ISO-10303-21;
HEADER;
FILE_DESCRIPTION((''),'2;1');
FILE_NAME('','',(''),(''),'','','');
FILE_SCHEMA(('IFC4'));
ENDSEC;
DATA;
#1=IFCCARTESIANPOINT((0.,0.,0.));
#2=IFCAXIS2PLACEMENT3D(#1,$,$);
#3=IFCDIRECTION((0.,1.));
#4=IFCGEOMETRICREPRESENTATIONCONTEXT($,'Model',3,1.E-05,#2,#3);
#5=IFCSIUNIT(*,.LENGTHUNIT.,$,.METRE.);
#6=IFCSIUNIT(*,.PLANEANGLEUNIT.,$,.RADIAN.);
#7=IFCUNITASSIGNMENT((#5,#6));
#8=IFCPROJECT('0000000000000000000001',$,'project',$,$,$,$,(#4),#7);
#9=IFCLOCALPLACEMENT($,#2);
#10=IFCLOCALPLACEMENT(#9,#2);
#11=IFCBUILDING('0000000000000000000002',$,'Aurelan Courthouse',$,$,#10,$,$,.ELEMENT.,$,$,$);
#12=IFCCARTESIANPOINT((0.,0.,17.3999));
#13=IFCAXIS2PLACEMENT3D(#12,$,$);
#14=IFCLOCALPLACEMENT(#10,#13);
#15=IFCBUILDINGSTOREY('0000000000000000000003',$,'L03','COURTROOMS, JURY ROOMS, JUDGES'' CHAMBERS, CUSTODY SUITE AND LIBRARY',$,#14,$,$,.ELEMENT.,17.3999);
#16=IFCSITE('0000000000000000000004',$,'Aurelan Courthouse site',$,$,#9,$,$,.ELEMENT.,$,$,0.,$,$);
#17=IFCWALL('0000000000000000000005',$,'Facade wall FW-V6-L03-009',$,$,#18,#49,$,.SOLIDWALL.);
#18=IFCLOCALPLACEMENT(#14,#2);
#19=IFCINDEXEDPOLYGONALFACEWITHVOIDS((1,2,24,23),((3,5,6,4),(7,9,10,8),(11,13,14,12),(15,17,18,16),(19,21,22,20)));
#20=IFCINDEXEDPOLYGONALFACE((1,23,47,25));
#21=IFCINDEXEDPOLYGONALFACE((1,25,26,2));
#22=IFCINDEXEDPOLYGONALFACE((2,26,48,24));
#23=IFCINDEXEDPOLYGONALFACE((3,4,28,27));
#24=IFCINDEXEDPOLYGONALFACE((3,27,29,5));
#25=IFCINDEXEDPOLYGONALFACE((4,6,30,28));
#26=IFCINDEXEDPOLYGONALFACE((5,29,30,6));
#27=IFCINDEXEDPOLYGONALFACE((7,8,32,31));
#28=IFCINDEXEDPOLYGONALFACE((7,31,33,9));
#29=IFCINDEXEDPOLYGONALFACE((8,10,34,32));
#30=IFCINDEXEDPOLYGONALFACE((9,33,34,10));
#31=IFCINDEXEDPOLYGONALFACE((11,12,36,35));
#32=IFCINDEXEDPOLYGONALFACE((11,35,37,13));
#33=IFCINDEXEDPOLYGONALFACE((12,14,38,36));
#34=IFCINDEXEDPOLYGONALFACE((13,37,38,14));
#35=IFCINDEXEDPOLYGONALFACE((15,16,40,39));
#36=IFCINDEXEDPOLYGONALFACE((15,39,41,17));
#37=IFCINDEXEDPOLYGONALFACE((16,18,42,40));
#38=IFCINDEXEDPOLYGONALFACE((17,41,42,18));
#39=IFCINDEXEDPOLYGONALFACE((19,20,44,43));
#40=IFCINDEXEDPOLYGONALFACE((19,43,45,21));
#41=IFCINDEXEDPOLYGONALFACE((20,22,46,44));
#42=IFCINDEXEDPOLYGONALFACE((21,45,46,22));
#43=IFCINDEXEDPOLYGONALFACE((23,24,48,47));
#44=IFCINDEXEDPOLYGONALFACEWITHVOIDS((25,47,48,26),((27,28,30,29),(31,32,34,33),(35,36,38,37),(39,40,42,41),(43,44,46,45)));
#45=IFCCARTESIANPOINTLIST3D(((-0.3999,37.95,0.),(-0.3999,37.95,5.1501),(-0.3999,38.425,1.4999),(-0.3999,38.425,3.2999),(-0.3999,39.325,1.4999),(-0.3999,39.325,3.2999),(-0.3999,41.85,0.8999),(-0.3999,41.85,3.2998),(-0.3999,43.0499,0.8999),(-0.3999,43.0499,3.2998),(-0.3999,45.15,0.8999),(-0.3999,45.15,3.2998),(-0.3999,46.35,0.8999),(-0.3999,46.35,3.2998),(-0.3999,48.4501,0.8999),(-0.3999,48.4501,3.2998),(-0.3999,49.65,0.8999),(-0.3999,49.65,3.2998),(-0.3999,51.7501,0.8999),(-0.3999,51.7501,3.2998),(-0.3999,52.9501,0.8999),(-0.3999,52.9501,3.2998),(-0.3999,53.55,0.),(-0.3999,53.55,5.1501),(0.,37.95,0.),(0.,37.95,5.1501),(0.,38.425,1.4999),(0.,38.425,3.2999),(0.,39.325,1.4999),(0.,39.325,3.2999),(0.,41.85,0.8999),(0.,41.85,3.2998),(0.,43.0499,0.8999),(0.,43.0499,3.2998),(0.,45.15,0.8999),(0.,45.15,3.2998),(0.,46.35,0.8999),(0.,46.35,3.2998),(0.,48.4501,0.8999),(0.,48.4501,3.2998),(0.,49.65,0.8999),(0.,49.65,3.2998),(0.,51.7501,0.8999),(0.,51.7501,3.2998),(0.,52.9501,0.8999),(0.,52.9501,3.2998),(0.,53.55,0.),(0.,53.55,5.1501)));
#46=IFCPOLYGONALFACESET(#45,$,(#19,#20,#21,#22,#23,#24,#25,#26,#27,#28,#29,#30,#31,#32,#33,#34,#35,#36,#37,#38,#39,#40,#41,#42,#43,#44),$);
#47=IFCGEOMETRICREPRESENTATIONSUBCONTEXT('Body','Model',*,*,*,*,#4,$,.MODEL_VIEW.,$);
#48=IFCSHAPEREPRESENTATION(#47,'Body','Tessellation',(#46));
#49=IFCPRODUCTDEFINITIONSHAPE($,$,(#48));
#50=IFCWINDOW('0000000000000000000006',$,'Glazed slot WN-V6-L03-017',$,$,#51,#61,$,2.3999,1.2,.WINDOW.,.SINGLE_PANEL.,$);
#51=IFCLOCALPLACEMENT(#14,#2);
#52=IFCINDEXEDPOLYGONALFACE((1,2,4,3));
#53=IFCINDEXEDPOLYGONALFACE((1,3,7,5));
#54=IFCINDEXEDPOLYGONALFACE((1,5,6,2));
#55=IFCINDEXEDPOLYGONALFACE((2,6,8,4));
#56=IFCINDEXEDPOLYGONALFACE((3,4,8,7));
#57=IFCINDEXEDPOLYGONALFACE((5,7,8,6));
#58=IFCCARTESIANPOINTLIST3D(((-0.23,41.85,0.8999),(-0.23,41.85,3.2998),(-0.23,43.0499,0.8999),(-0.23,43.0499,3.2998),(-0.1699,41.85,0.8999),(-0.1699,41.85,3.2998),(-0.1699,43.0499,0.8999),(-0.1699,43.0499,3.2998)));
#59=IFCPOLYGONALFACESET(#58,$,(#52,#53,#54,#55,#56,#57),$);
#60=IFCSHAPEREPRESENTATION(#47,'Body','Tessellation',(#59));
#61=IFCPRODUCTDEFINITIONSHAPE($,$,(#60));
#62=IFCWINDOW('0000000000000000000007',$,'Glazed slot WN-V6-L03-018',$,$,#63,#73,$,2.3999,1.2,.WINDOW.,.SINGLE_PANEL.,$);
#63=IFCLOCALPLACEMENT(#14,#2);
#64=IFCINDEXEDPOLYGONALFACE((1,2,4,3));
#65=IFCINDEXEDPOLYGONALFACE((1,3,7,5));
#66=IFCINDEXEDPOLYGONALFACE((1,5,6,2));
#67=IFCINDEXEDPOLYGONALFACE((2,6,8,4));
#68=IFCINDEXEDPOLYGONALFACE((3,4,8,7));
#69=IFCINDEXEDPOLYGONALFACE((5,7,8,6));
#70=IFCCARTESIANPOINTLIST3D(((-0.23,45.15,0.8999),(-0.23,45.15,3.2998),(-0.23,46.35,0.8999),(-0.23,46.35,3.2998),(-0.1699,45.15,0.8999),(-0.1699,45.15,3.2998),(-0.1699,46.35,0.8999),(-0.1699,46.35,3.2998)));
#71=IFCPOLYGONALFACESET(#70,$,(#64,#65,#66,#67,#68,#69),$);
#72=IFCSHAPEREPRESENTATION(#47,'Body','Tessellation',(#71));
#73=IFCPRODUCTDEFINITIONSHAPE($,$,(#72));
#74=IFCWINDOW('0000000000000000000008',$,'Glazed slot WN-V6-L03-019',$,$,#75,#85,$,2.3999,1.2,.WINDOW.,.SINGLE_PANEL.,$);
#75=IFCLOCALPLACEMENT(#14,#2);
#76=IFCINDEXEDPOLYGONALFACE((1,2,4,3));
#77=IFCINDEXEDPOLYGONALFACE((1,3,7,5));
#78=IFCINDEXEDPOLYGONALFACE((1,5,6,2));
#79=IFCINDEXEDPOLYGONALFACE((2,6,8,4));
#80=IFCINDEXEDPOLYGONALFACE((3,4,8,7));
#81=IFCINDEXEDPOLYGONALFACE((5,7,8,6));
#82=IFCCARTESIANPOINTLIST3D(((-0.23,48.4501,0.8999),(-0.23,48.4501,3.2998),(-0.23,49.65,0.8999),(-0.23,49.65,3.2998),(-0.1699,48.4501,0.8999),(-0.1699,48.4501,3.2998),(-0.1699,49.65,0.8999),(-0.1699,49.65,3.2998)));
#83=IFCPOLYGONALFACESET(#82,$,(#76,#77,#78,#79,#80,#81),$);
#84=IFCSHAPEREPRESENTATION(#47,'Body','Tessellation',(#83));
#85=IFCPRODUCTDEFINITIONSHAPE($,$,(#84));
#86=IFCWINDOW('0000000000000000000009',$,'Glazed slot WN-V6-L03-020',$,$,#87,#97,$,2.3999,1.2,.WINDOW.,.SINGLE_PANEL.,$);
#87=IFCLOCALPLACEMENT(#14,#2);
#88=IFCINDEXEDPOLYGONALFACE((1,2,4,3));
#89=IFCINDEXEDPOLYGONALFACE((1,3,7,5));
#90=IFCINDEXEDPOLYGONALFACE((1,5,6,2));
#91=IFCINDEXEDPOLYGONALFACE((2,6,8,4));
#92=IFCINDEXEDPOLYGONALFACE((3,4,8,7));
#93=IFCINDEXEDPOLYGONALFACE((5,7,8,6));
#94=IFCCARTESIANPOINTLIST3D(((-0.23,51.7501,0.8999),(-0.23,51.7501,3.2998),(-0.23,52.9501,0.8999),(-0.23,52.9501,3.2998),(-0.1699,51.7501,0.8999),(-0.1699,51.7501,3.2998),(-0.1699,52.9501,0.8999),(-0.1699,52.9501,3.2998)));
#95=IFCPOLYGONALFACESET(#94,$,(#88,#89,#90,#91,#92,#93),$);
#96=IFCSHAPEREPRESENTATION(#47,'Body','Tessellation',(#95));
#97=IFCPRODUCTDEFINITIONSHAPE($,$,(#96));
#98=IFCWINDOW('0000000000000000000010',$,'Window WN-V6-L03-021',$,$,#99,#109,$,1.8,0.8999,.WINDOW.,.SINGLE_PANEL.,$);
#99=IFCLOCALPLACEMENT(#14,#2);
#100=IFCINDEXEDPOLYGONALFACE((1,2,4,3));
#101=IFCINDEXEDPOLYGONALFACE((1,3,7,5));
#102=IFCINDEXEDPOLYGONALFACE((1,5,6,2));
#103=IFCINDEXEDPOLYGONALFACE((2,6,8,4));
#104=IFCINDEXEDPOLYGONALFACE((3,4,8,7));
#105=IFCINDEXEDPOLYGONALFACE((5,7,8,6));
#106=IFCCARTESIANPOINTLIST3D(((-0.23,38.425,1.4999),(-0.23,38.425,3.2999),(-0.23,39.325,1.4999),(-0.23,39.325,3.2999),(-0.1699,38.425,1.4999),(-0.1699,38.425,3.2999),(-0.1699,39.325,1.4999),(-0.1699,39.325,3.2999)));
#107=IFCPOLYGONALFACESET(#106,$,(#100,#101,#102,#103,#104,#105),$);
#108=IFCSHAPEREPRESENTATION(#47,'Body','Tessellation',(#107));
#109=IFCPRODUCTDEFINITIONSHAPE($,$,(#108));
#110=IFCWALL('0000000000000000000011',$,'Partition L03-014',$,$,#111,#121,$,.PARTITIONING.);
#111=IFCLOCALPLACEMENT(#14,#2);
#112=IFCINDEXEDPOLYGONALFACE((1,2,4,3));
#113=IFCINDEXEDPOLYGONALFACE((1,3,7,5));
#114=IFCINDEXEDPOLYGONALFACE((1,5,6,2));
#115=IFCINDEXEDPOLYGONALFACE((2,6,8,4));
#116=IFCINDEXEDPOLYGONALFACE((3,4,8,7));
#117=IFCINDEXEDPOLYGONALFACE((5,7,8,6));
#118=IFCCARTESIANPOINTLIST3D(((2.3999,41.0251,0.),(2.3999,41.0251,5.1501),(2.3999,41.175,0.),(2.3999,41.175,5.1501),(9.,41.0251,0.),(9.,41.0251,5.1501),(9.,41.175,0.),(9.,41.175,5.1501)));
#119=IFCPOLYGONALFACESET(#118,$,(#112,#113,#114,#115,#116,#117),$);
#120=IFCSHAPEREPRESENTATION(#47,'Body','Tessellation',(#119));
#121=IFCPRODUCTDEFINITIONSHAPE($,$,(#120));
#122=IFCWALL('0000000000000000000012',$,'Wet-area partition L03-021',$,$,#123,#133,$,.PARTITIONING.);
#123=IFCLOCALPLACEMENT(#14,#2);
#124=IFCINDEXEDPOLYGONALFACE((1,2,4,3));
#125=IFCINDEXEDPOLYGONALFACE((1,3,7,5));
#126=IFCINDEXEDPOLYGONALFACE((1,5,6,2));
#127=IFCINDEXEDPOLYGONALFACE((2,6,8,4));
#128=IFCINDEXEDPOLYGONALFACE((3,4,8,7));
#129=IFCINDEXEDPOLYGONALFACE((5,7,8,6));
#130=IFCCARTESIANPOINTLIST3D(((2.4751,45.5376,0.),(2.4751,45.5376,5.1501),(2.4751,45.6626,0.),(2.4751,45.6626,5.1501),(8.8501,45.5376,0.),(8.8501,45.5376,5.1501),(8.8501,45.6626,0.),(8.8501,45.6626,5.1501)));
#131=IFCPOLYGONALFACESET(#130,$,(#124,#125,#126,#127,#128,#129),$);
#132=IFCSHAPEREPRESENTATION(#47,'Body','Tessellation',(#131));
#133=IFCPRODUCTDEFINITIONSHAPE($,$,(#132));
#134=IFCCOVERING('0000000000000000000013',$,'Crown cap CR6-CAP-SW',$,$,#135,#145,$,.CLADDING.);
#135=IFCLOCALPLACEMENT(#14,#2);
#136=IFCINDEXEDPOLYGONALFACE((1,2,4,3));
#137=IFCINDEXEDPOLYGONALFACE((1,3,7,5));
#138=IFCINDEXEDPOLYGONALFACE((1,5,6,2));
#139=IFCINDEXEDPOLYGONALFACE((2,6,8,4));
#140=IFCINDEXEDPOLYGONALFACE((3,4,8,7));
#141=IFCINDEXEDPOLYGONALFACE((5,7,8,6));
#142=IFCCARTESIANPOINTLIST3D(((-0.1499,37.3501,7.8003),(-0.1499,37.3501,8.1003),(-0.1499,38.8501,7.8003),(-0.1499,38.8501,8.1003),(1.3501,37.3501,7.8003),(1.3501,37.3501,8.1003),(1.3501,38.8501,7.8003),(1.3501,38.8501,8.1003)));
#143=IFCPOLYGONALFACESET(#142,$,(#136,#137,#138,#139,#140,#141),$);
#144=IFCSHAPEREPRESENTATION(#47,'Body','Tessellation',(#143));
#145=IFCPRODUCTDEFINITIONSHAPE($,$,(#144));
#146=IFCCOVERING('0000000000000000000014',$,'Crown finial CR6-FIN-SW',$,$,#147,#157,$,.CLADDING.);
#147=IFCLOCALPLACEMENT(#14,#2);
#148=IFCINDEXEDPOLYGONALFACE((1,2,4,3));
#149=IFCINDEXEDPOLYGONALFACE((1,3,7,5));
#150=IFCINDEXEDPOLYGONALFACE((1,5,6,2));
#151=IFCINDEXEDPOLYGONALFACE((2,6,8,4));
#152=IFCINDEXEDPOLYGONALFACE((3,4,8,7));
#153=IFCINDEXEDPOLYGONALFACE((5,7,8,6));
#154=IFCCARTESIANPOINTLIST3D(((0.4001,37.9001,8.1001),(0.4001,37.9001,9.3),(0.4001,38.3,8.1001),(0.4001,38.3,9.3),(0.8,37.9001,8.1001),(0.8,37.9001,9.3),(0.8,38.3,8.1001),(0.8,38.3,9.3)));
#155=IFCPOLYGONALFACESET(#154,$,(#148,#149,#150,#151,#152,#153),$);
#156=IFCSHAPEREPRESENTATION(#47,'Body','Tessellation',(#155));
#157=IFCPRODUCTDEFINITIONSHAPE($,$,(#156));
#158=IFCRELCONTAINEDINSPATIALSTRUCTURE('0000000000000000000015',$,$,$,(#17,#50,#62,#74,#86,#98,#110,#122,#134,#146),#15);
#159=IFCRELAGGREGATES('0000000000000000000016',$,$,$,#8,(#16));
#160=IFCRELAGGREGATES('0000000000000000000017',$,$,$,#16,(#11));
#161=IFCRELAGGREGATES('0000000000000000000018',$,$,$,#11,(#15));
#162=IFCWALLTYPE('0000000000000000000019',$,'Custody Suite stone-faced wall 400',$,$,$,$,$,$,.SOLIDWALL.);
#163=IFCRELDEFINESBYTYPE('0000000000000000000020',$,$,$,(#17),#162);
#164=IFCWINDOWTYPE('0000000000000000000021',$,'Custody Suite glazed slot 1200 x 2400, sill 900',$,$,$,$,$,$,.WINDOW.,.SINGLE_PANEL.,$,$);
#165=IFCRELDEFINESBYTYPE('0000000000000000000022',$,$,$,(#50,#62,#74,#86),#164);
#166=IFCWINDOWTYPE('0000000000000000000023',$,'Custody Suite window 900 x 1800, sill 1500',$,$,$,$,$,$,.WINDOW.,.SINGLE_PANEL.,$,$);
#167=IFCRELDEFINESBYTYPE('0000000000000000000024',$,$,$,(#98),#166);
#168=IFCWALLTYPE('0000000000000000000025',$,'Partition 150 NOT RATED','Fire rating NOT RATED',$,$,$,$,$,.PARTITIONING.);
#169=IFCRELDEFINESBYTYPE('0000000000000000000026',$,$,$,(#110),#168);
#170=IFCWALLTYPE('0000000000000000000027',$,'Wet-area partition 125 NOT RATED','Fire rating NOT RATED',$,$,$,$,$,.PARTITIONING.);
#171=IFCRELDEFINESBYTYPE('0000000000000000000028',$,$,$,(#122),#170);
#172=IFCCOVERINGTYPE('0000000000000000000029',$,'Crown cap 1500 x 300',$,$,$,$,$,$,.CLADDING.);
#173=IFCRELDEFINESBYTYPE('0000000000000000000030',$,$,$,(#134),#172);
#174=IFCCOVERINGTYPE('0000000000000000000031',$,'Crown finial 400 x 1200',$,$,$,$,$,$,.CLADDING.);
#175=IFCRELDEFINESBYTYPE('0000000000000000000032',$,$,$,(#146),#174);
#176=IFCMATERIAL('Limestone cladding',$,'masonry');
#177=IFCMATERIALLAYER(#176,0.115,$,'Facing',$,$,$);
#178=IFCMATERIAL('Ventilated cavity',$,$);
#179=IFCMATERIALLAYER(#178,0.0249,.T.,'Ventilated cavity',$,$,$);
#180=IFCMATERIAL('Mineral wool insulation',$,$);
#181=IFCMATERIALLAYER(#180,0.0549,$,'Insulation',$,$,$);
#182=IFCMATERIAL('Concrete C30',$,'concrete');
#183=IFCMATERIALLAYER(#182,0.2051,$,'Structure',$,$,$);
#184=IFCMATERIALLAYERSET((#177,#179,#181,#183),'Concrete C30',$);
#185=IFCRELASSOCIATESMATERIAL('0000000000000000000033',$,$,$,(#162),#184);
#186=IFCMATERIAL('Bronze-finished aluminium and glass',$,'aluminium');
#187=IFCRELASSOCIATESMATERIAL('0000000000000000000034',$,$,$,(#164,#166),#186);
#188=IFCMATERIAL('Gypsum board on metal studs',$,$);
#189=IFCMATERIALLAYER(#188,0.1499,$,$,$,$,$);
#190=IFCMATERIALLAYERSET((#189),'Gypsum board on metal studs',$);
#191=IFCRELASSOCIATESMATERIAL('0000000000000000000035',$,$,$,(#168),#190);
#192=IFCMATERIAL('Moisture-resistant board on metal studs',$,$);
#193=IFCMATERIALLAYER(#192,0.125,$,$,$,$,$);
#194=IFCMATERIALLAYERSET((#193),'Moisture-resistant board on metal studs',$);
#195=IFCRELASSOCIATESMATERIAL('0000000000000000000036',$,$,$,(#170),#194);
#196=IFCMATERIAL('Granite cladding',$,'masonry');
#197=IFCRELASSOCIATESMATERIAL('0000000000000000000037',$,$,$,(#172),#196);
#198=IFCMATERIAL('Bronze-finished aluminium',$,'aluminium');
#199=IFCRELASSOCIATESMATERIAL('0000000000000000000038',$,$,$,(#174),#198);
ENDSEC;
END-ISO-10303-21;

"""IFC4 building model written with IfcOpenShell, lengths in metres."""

from ifc_helpers import new_model, si_unit, direction, frame, frame_2d, origin, origin_2d, place, context, subcontext, project, spatial, rectangle, extrude, material, layer, layer_set, type_object, element, fill, save


model = new_model("IFC4")

# Units and contexts
model_context = context("Model", 3, precision=1e-05, world=origin(), true_north=direction((0.0, 1.0)))
body_context = subcontext(model_context, "Body", "Model", "MODEL_VIEW")
ifc_project = project(units=[si_unit("LENGTHUNIT", "METRE"), si_unit("PLANEANGLEUNIT", "RADIAN")], contexts=[model_context])

# Site, building, storey
site_placement = place(None, origin())
site = spatial("IfcSite", under=ifc_project, at=site_placement, Name="Aurelan Courthouse site", CompositionType="ELEMENT", RefElevation=0.0)
building_placement = place(site_placement, origin())
building = spatial("IfcBuilding", under=site, at=building_placement, Name="Aurelan Courthouse", CompositionType="ELEMENT")
storey_placement = place(building_placement, frame((0.0, 0.0, 17.3999)))
storey = spatial("IfcBuildingStorey", under=building, at=storey_placement, Name="L03", Description="COURTROOMS, JURY ROOMS, JUDGES' CHAMBERS, CUSTODY SUITE AND LIBRARY", CompositionType="ELEMENT", Elevation=17.3999)

# Shared definitions
ifc_material_1 = material(Name="Limestone cladding", Category="masonry")

# Shared definitions
ifc_material_2 = material(Name="Gypsum board on metal studs")

# Wall, openings, windows
ifc_layer_1 = layer(ifc_material_1, 0.115, Name="Facing")
ifc_material_3 = material(Name="Ventilated cavity")
ifc_layer_2 = layer(ifc_material_3, 0.0249, ventilated=True, Name="Ventilated cavity")
ifc_material_4 = material(Name="Mineral wool insulation")
ifc_layer_3 = layer(ifc_material_4, 0.0549, Name="Insulation")
ifc_material_5 = material(Name="Concrete C30", Category="concrete")
ifc_layer_4 = layer(ifc_material_5, 0.2051, Name="Structure")
ifc_layer_set_1 = layer_set([ifc_layer_1, ifc_layer_2, ifc_layer_3, ifc_layer_4], Name="Concrete C30")
wall_type_1 = type_object("IfcWallType", Name="Custody Suite stone-faced wall 400", PredefinedType="SOLIDWALL", material=ifc_layer_set_1)
wall_1_placement = place(storey_placement, frame((-0.2, 37.95, 0.0), z_axis=(0.0, 0.0, 1.0), x_axis=(0.0, 1.0, 0.0)))
wall_1 = element("IfcWall", 1, at=wall_1_placement, inside=storey, type_object=wall_type_1, Name="Facade wall FW-V6-L03-009", PredefinedType="SOLIDWALL", context=body_context, shape_type="SweptSolid", body=[
    extrude(rectangle(XDim=15.6001, YDim=0.3999, at=frame_2d((7.8, 0.0))), origin(), (0.0, 0.0, 1.0), 5.1501),
])
opening_1_placement = place(wall_1_placement, frame((3.8999, 0.0, 0.8999)))
opening_1 = element("IfcOpeningElement", 2, at=opening_1_placement, cuts=wall_1, PredefinedType="OPENING", context=body_context, shape_type="SweptSolid", body=[
    extrude(rectangle(XDim=1.2, YDim=2.3999, at=frame_2d((0.6001, 1.2))), frame((0.0, 0.21, 0.0), z_axis=(0.0, -1.0, 0.0), x_axis=(1.0, 0.0, 0.0)), (0.0, 0.0, 1.0), 0.4199),
])
opening_2_placement = place(wall_1_placement, frame((7.2, 0.0, 0.8999)))
opening_2 = element("IfcOpeningElement", 3, at=opening_2_placement, cuts=wall_1, PredefinedType="OPENING", context=body_context, shape_type="SweptSolid", body=[
    extrude(rectangle(XDim=1.2, YDim=2.3999, at=frame_2d((0.6001, 1.2))), frame((0.0, 0.21, 0.0), z_axis=(0.0, -1.0, 0.0), x_axis=(1.0, 0.0, 0.0)), (0.0, 0.0, 1.0), 0.4199),
])
opening_3_placement = place(wall_1_placement, frame((10.5, 0.0, 0.8999)))
opening_3 = element("IfcOpeningElement", 4, at=opening_3_placement, cuts=wall_1, PredefinedType="OPENING", context=body_context, shape_type="SweptSolid", body=[
    extrude(rectangle(XDim=1.2, YDim=2.3999, at=frame_2d((0.6001, 1.2))), frame((0.0, 0.21, 0.0), z_axis=(0.0, -1.0, 0.0), x_axis=(1.0, 0.0, 0.0)), (0.0, 0.0, 1.0), 0.4199),
])
opening_4_placement = place(wall_1_placement, frame((13.8, 0.0, 0.8999)))
opening_4 = element("IfcOpeningElement", 5, at=opening_4_placement, cuts=wall_1, PredefinedType="OPENING", context=body_context, shape_type="SweptSolid", body=[
    extrude(rectangle(XDim=1.2, YDim=2.3999, at=frame_2d((0.6001, 1.2))), frame((0.0, 0.21, 0.0), z_axis=(0.0, -1.0, 0.0), x_axis=(1.0, 0.0, 0.0)), (0.0, 0.0, 1.0), 0.4199),
])
opening_5_placement = place(wall_1_placement, frame((0.4751, 0.0, 1.5)))
opening_5 = element("IfcOpeningElement", 6, at=opening_5_placement, cuts=wall_1, PredefinedType="OPENING", context=body_context, shape_type="SweptSolid", body=[
    extrude(rectangle(XDim=0.8999, YDim=1.8, at=frame_2d((0.45, 0.8999))), frame((0.0, 0.21, 0.0), z_axis=(0.0, -1.0, 0.0), x_axis=(1.0, 0.0, 0.0)), (0.0, 0.0, 1.0), 0.4199),
])
ifc_material_6 = material(Name="Bronze-finished aluminium and glass", Category="aluminium")
window_type_1 = type_object("IfcWindowType", Name="Custody Suite glazed slot 1200 x 2400, sill 900", PartitioningType="SINGLE_PANEL", PredefinedType="WINDOW", material=ifc_material_6)
window_1_placement = place(opening_1_placement, origin())
window_1 = element("IfcWindow", 7, at=window_1_placement, inside=storey, type_object=window_type_1, Name="Glazed slot WN-V6-L03-017", OverallHeight=2.3999, OverallWidth=1.2, PartitioningType="SINGLE_PANEL", PredefinedType="WINDOW", context=body_context, shape_type="SweptSolid", body=[
    extrude(rectangle(XDim=1.2, YDim=2.3999, at=frame_2d((0.6001, 1.2))), frame((0.0, 0.03, 0.0), z_axis=(0.0, -1.0, 0.0), x_axis=(1.0, 0.0, 0.0)), (0.0, 0.0, 1.0), 0.0601),
])
fill(opening_1, window_1)
window_2_placement = place(opening_2_placement, origin())
window_2 = element("IfcWindow", 8, at=window_2_placement, inside=storey, type_object=window_type_1, Name="Glazed slot WN-V6-L03-018", OverallHeight=2.3999, OverallWidth=1.2, PartitioningType="SINGLE_PANEL", PredefinedType="WINDOW", context=body_context, shape_type="SweptSolid", body=[
    extrude(rectangle(XDim=1.2, YDim=2.3999, at=frame_2d((0.6001, 1.2))), frame((0.0, 0.03, 0.0), z_axis=(0.0, -1.0, 0.0), x_axis=(1.0, 0.0, 0.0)), (0.0, 0.0, 1.0), 0.0601),
])
fill(opening_2, window_2)
window_3_placement = place(opening_3_placement, origin())
window_3 = element("IfcWindow", 9, at=window_3_placement, inside=storey, type_object=window_type_1, Name="Glazed slot WN-V6-L03-019", OverallHeight=2.3999, OverallWidth=1.2, PartitioningType="SINGLE_PANEL", PredefinedType="WINDOW", context=body_context, shape_type="SweptSolid", body=[
    extrude(rectangle(XDim=1.2, YDim=2.3999, at=frame_2d((0.6001, 1.2))), frame((0.0, 0.03, 0.0), z_axis=(0.0, -1.0, 0.0), x_axis=(1.0, 0.0, 0.0)), (0.0, 0.0, 1.0), 0.0601),
])
fill(opening_3, window_3)
window_4_placement = place(opening_4_placement, origin())
window_4 = element("IfcWindow", 10, at=window_4_placement, inside=storey, type_object=window_type_1, Name="Glazed slot WN-V6-L03-020", OverallHeight=2.3999, OverallWidth=1.2, PartitioningType="SINGLE_PANEL", PredefinedType="WINDOW", context=body_context, shape_type="SweptSolid", body=[
    extrude(rectangle(XDim=1.2, YDim=2.3999, at=frame_2d((0.6001, 1.2))), frame((0.0, 0.03, 0.0), z_axis=(0.0, -1.0, 0.0), x_axis=(1.0, 0.0, 0.0)), (0.0, 0.0, 1.0), 0.0601),
])
fill(opening_4, window_4)
window_type_2 = type_object("IfcWindowType", Name="Custody Suite window 900 x 1800, sill 1500", PartitioningType="SINGLE_PANEL", PredefinedType="WINDOW", material=ifc_material_6)
window_5_placement = place(opening_5_placement, origin())
window_5 = element("IfcWindow", 11, at=window_5_placement, inside=storey, type_object=window_type_2, Name="Window WN-V6-L03-021", OverallHeight=1.8, OverallWidth=0.8999, PartitioningType="SINGLE_PANEL", PredefinedType="WINDOW", context=body_context, shape_type="SweptSolid", body=[
    extrude(rectangle(XDim=0.8999, YDim=1.8, at=frame_2d((0.45, 0.8999))), frame((0.0, 0.03, 0.0), z_axis=(0.0, -1.0, 0.0), x_axis=(1.0, 0.0, 0.0)), (0.0, 0.0, 1.0), 0.0601),
])
fill(opening_5, window_5)

# Walls
ifc_layer_5 = layer(ifc_material_2, 0.1499)
ifc_layer_set_2 = layer_set([ifc_layer_5], Name="Gypsum board on metal studs")
wall_type_2 = type_object("IfcWallType", Name="Partition 150 NOT RATED", Description="Fire rating NOT RATED", PredefinedType="PARTITIONING", material=ifc_layer_set_2)
wall_2_placement = place(storey_placement, frame((2.3999, 41.1001, 0.0), z_axis=(0.0, 0.0, 1.0), x_axis=(1.0, 0.0, 0.0)))
element("IfcWall", 12, at=wall_2_placement, inside=storey, type_object=wall_type_2, Name="Partition L03-014", PredefinedType="PARTITIONING", context=body_context, shape_type="SweptSolid", body=[
    extrude(rectangle(XDim=6.6001, YDim=0.1499, at=frame_2d((3.3, 0.0))), origin(), (0.0, 0.0, 1.0), 5.1501),
])
ifc_material_7 = material(Name="Moisture-resistant board on metal studs")
ifc_layer_6 = layer(ifc_material_7, 0.125)
ifc_layer_set_3 = layer_set([ifc_layer_6], Name="Moisture-resistant board on metal studs")
wall_type_3 = type_object("IfcWallType", Name="Wet-area partition 125 NOT RATED", Description="Fire rating NOT RATED", PredefinedType="PARTITIONING", material=ifc_layer_set_3)
wall_3_placement = place(storey_placement, frame((2.4751, 45.6001, 0.0), z_axis=(0.0, 0.0, 1.0), x_axis=(1.0, 0.0, 0.0)))
element("IfcWall", 13, at=wall_3_placement, inside=storey, type_object=wall_type_3, Name="Wet-area partition L03-021", PredefinedType="PARTITIONING", context=body_context, shape_type="SweptSolid", body=[
    extrude(rectangle(XDim=6.375, YDim=0.125, at=frame_2d((3.1875, 0.0))), origin(), (0.0, 0.0, 1.0), 5.1501),
])

# Coverings
ifc_material_8 = material(Name="Granite cladding", Category="masonry")
covering_type_1 = type_object("IfcCoveringType", Name="Crown cap 1500 x 300", PredefinedType="CLADDING", material=ifc_material_8)
covering_1_placement = place(storey_placement, frame((0.6001, 38.1001, 7.8003), z_axis=(0.0, 0.0, 1.0), x_axis=(1.0, 0.0, 0.0)))
element("IfcCovering", 14, at=covering_1_placement, inside=storey, type_object=covering_type_1, Name="Crown cap CR6-CAP-SW", PredefinedType="CLADDING", context=body_context, shape_type="SweptSolid", body=[
    extrude(rectangle(XDim=1.5, YDim=1.5, at=origin_2d()), origin(), (0.0, 0.0, 1.0), 0.3),
])
ifc_material_9 = material(Name="Bronze-finished aluminium", Category="aluminium")
covering_type_2 = type_object("IfcCoveringType", Name="Crown finial 400 x 1200", PredefinedType="CLADDING", material=ifc_material_9)
covering_2_placement = place(storey_placement, frame((0.6001, 38.1001, 8.1001), z_axis=(0.0, 0.0, 1.0), x_axis=(1.0, 0.0, 0.0)))
element("IfcCovering", 15, at=covering_2_placement, inside=storey, type_object=covering_type_2, Name="Crown finial CR6-FIN-SW", PredefinedType="CLADDING", context=body_context, shape_type="SweptSolid", body=[
    extrude(rectangle(XDim=0.3999, YDim=0.3999, at=origin_2d()), origin(), (0.0, 0.0, 1.0), 1.2),
])

save(model, "model.ifc")
